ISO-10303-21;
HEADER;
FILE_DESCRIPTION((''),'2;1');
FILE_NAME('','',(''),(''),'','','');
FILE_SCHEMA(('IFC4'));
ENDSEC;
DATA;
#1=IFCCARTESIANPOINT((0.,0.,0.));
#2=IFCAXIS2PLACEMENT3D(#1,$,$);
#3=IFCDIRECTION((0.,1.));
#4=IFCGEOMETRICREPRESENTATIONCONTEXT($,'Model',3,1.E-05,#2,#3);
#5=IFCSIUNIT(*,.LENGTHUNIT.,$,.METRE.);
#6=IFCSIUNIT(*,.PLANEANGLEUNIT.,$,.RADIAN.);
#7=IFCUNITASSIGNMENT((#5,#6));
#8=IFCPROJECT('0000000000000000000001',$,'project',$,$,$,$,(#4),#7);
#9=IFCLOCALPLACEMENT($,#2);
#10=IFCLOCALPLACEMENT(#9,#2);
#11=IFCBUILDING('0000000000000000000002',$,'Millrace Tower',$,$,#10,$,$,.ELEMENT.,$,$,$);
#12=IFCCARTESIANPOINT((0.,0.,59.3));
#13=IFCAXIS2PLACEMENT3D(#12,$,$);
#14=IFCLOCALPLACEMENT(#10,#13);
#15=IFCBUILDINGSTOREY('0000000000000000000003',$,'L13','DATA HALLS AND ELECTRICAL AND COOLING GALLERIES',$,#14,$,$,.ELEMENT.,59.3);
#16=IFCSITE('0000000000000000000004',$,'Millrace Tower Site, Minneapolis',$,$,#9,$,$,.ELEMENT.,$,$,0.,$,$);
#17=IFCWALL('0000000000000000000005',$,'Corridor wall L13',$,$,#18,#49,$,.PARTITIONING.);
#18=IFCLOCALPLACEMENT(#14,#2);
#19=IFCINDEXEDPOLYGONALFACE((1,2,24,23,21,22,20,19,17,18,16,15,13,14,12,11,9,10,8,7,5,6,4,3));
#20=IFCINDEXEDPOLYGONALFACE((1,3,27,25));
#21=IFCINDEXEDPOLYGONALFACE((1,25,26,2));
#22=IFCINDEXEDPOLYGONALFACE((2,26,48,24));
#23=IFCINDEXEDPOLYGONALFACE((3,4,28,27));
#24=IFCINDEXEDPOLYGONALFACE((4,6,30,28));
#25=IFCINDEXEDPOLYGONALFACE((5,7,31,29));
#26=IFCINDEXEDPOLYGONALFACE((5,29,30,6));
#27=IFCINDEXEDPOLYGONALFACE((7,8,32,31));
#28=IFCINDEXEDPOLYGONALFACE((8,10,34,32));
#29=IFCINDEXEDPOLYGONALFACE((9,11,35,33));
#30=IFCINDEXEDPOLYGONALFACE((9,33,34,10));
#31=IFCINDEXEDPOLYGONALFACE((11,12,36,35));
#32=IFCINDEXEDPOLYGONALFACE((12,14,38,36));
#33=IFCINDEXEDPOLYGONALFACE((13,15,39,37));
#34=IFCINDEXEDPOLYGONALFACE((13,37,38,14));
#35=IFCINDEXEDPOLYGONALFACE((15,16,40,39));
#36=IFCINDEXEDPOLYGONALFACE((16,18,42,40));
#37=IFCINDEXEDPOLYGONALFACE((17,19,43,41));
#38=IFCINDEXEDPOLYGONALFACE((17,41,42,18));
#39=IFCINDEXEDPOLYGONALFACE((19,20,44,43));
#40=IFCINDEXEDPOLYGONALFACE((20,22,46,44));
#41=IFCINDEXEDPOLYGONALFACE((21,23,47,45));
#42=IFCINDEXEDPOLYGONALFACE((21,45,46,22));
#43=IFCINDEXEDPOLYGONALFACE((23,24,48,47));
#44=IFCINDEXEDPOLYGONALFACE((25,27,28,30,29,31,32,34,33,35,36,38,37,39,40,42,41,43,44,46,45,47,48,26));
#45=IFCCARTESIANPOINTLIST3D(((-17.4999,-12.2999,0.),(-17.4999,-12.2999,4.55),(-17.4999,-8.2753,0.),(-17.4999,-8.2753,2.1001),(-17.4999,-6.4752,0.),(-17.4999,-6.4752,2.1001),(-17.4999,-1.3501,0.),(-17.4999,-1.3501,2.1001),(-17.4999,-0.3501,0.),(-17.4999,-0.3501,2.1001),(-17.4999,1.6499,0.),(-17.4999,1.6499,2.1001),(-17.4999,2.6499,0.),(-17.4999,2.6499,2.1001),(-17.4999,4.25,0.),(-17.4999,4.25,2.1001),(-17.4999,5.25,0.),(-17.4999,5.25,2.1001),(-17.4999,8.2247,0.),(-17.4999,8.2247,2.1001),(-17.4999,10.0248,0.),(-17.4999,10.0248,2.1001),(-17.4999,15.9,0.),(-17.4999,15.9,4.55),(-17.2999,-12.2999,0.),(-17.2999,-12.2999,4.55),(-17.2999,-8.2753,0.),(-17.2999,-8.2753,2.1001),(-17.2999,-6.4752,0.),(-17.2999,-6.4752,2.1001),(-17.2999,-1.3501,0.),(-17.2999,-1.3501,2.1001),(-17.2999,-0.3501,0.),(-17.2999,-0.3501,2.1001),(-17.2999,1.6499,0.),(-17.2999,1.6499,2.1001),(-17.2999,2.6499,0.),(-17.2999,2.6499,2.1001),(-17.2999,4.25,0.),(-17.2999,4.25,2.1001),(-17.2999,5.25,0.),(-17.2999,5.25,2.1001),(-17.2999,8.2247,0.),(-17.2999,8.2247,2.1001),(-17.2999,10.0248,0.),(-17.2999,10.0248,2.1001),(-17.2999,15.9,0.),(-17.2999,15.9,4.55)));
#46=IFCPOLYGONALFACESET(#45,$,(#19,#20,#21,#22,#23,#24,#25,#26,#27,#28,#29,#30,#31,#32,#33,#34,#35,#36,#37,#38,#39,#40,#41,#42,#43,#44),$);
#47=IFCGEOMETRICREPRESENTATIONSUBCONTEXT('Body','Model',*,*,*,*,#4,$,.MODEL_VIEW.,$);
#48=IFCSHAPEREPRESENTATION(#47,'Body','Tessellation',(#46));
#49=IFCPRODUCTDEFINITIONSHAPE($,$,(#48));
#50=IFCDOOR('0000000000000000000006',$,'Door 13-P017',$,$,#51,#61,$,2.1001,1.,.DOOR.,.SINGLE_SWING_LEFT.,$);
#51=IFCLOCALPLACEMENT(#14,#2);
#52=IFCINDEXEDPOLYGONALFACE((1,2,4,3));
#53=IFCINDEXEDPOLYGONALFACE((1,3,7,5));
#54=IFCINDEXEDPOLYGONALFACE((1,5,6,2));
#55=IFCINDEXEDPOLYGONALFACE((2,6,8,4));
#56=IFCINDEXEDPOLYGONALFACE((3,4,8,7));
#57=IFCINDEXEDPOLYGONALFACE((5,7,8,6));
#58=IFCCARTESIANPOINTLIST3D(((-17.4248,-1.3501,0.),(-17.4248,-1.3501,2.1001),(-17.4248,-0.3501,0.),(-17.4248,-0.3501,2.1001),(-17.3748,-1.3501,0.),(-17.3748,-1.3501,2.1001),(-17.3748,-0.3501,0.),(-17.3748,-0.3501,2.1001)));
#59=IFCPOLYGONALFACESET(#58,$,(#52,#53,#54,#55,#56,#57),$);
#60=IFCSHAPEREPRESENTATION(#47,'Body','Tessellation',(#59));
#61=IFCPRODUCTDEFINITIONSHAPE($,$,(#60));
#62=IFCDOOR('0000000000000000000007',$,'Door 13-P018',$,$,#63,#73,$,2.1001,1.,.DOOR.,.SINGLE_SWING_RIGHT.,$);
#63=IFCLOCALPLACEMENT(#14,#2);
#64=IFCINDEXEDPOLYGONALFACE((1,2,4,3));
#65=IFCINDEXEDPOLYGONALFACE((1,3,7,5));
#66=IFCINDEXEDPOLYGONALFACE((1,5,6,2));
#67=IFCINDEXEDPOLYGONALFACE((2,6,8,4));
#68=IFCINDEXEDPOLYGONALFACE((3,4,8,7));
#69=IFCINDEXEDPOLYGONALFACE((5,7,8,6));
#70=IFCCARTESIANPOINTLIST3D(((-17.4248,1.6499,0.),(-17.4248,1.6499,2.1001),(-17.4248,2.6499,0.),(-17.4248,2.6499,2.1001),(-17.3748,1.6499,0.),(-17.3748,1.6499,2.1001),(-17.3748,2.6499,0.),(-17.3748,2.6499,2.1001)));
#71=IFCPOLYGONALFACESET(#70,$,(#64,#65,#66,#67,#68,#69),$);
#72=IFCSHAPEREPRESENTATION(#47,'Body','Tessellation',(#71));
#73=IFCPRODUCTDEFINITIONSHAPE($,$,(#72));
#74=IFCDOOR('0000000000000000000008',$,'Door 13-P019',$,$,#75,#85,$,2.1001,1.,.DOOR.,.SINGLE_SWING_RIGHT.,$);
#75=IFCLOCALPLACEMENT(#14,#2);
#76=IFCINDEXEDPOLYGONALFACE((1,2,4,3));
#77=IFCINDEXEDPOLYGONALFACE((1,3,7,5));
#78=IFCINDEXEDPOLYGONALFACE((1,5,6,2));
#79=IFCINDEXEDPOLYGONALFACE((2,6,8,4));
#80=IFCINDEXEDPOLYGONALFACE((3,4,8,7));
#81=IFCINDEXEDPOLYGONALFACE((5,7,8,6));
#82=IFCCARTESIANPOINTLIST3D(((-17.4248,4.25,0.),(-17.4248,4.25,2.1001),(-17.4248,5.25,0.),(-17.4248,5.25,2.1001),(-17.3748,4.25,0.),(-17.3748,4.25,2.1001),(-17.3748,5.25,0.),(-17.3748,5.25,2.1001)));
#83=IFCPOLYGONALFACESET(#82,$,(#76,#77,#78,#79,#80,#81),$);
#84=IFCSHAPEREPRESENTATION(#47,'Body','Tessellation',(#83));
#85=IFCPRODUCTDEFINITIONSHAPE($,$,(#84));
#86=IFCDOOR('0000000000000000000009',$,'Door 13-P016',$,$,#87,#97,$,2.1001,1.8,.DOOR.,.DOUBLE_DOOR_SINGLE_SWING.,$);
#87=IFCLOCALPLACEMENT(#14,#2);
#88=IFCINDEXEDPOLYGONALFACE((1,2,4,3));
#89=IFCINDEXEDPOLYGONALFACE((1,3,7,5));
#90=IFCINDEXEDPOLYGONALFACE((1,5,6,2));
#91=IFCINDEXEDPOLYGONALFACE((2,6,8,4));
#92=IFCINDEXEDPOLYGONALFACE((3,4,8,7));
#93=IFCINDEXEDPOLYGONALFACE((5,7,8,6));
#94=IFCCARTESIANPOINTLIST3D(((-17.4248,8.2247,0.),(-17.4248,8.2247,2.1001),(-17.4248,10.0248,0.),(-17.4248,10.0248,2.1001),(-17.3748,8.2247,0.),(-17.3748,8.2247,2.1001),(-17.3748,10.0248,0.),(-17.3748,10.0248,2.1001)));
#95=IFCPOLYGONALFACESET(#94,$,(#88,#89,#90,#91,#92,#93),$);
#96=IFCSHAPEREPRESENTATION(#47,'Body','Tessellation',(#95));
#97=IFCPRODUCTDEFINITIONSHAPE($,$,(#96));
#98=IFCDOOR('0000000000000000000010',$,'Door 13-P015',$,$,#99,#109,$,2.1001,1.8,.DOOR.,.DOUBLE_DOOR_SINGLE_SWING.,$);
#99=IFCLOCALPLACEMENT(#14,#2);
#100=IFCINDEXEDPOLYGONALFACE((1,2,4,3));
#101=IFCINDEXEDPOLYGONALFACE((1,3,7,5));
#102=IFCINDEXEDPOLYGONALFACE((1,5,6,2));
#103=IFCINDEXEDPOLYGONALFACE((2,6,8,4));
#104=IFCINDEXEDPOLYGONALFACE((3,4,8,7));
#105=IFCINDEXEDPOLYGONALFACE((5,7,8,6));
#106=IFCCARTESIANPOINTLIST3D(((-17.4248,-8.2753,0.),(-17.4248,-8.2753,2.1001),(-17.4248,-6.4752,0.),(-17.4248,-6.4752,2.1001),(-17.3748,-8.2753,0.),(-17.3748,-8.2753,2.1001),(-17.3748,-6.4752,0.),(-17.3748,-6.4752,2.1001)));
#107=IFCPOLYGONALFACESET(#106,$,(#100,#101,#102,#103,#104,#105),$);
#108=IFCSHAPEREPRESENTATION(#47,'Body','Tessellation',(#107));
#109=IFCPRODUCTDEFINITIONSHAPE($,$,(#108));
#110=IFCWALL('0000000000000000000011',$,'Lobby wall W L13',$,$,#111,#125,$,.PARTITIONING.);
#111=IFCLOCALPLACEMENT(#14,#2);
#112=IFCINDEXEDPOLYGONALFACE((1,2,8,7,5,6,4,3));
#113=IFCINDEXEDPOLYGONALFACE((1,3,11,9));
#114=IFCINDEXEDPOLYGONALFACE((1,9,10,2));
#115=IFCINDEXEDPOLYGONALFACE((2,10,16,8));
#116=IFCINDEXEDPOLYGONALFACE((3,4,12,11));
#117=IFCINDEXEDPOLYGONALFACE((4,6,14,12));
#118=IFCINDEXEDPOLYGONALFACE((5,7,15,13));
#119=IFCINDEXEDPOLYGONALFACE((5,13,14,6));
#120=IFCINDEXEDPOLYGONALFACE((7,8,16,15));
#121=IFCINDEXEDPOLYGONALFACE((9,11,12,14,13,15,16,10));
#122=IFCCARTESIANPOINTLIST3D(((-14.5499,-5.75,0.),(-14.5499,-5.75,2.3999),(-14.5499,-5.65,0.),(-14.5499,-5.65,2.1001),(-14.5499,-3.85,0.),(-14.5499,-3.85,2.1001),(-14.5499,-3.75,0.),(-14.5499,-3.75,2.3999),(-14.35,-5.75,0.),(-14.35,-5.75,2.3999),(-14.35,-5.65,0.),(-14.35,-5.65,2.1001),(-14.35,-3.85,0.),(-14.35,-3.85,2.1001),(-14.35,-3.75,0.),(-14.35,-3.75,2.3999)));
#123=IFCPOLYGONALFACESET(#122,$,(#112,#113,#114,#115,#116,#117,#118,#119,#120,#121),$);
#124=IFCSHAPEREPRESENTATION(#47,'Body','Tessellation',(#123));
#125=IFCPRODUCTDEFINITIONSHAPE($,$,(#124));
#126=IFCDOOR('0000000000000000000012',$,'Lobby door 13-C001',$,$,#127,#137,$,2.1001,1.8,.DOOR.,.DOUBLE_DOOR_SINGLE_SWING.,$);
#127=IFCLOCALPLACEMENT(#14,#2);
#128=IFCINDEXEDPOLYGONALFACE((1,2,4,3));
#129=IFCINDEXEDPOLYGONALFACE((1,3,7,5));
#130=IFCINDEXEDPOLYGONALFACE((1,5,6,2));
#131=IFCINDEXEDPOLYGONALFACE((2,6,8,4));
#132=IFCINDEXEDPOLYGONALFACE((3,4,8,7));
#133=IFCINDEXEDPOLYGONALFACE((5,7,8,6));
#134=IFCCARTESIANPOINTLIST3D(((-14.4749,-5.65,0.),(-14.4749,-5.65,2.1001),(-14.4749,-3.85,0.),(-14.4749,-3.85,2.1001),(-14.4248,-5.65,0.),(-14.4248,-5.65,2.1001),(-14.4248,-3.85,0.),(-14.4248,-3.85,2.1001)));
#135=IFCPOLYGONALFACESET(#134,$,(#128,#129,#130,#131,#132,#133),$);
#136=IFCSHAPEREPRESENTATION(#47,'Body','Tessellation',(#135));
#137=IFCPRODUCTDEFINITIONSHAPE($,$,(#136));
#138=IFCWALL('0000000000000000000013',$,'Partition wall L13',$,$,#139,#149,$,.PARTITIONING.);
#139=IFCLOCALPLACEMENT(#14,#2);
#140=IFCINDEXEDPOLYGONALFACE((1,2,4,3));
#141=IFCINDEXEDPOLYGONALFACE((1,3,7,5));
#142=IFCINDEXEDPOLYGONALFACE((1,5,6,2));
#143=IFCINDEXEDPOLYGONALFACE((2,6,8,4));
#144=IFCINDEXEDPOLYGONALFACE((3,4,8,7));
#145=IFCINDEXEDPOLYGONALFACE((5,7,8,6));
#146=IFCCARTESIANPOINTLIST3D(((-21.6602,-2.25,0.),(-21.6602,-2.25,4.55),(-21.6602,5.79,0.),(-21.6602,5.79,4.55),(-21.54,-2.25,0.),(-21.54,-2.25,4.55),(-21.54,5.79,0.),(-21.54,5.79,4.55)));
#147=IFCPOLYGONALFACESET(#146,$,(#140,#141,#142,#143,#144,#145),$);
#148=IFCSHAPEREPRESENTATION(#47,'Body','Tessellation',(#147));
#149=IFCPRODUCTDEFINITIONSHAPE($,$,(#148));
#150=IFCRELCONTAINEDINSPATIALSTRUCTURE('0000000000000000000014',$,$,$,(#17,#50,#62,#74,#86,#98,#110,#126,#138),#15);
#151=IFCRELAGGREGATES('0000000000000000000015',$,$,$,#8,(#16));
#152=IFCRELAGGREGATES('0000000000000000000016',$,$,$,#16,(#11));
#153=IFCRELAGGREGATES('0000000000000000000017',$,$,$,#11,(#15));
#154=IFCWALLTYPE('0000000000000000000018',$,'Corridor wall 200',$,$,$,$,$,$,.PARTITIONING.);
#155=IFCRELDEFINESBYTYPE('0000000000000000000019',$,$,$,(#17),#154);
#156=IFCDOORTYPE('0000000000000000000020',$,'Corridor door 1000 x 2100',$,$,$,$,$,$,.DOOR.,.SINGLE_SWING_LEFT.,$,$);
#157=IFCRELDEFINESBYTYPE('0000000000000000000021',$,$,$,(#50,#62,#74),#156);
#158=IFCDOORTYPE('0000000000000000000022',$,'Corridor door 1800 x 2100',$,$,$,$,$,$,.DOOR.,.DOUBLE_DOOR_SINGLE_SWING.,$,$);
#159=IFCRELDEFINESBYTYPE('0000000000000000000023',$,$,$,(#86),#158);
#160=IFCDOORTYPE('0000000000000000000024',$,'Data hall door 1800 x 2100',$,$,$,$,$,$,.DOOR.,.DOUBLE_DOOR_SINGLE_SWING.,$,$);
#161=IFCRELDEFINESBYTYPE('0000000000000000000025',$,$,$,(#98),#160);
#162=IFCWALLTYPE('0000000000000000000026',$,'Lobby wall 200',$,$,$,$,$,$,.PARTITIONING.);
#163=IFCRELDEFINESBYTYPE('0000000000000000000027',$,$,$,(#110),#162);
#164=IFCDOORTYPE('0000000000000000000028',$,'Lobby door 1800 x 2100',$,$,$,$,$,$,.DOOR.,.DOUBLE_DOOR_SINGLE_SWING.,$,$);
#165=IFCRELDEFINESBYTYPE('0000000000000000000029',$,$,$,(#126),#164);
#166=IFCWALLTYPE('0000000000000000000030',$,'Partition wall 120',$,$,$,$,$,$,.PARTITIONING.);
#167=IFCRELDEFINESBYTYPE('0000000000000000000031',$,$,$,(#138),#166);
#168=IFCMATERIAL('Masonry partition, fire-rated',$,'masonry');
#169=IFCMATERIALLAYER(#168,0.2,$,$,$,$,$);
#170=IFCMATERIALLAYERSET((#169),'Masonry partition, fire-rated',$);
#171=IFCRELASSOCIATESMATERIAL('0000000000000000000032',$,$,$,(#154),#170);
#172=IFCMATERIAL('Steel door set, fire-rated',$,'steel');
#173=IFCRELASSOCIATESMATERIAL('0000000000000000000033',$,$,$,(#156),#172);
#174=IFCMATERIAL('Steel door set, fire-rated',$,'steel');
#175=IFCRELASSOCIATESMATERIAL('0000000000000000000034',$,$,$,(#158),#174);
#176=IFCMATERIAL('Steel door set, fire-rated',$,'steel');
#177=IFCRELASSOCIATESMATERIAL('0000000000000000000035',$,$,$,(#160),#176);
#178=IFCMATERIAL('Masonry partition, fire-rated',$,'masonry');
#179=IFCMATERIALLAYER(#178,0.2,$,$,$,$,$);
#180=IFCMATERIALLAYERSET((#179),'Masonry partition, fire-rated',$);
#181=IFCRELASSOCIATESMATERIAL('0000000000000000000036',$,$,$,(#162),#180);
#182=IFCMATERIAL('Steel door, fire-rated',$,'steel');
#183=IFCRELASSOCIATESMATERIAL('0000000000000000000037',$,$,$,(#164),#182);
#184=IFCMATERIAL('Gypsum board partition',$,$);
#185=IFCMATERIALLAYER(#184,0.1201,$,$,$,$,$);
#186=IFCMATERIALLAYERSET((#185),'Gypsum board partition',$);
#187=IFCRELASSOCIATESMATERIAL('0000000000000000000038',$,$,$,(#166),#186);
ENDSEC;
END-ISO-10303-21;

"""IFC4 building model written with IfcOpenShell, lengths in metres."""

from ifc_helpers import new_model, si_unit, direction, frame, frame_2d, origin, place, context, subcontext, project, spatial, rectangle, extrude, material, layer, layer_set, type_object, element, fill, save


model = new_model("IFC4")

# Units and contexts
model_context = context("Model", 3, precision=1e-05, world=origin(), true_north=direction((0.0, 1.0)))
body_context = subcontext(model_context, "Body", "Model", "MODEL_VIEW")
ifc_project = project(units=[si_unit("LENGTHUNIT", "METRE"), si_unit("PLANEANGLEUNIT", "RADIAN")], contexts=[model_context])

# Site, building, storey
site_placement = place(None, origin())
site = spatial("IfcSite", under=ifc_project, at=site_placement, Name="Millrace Tower Site, Minneapolis", CompositionType="ELEMENT", RefElevation=0.0)
building_placement = place(site_placement, origin())
building = spatial("IfcBuilding", under=site, at=building_placement, Name="Millrace Tower", CompositionType="ELEMENT")
storey_placement = place(building_placement, frame((0.0, 0.0, 59.3)))
storey = spatial("IfcBuildingStorey", under=building, at=storey_placement, Name="L13", Description="DATA HALLS AND ELECTRICAL AND COOLING GALLERIES", CompositionType="ELEMENT", Elevation=59.3)

# Shared definitions
ifc_material_1 = material(Name="Masonry partition, fire-rated", Category="masonry")
ifc_layer_1 = layer(ifc_material_1, 0.2)
ifc_layer_set_1 = layer_set([ifc_layer_1], Name="Masonry partition, fire-rated")
wall_type_1 = type_object("IfcWallType", Name="Corridor wall 200", PredefinedType="PARTITIONING", material=ifc_layer_set_1)

# Wall, openings, doors
wall_1_placement = place(storey_placement, frame((-17.3999, -12.3, 0.0), z_axis=(0.0, 0.0, 1.0), x_axis=(0.0, 1.0, 0.0)))
wall_1 = element("IfcWall", 1, at=wall_1_placement, inside=storey, type_object=wall_type_1, Name="Corridor wall L13", PredefinedType="PARTITIONING", context=body_context, shape_type="SweptSolid", body=[
    extrude(rectangle(XDim=28.2, YDim=0.2, at=frame_2d((14.1001, 0.0))), origin(), (0.0, 0.0, 1.0), 4.55),
])
opening_1_placement = place(wall_1_placement, frame((4.0249, 0.0, 0.0)))
opening_1 = element("IfcOpeningElement", 2, at=opening_1_placement, cuts=wall_1, PredefinedType="OPENING", context=body_context, shape_type="SweptSolid", body=[
    extrude(rectangle(XDim=1.8, YDim=2.1001, at=frame_2d((0.8999, 1.05))), frame((0.0, 0.1099, 0.0), z_axis=(0.0, -1.0, 0.0), x_axis=(1.0, 0.0, 0.0)), (0.0, 0.0, 1.0), 0.22),
])
opening_2_placement = place(wall_1_placement, frame((20.5249, 0.0, 0.0)))
opening_2 = element("IfcOpeningElement", 3, at=opening_2_placement, cuts=wall_1, PredefinedType="OPENING", context=body_context, shape_type="SweptSolid", body=[
    extrude(rectangle(XDim=1.8, YDim=2.1001, at=frame_2d((0.8999, 1.05))), frame((0.0, 0.1099, 0.0), z_axis=(0.0, -1.0, 0.0), x_axis=(1.0, 0.0, 0.0)), (0.0, 0.0, 1.0), 0.22),
])
opening_3_placement = place(wall_1_placement, frame((10.95, 0.0, 0.0)))
opening_3 = element("IfcOpeningElement", 4, at=opening_3_placement, cuts=wall_1, PredefinedType="OPENING", context=body_context, shape_type="SweptSolid", body=[
    extrude(rectangle(XDim=1.0, YDim=2.1001, at=frame_2d((0.5, 1.05))), frame((0.0, 0.1099, 0.0), z_axis=(0.0, -1.0, 0.0), x_axis=(1.0, 0.0, 0.0)), (0.0, 0.0, 1.0), 0.22),
])
opening_4_placement = place(wall_1_placement, frame((13.95, 0.0, 0.0)))
opening_4 = element("IfcOpeningElement", 5, at=opening_4_placement, cuts=wall_1, PredefinedType="OPENING", context=body_context, shape_type="SweptSolid", body=[
    extrude(rectangle(XDim=1.0, YDim=2.1001, at=frame_2d((0.5, 1.05))), frame((0.0, 0.1099, 0.0), z_axis=(0.0, -1.0, 0.0), x_axis=(1.0, 0.0, 0.0)), (0.0, 0.0, 1.0), 0.22),
])
opening_5_placement = place(wall_1_placement, frame((16.55, 0.0, 0.0)))
opening_5 = element("IfcOpeningElement", 6, at=opening_5_placement, cuts=wall_1, PredefinedType="OPENING", context=body_context, shape_type="SweptSolid", body=[
    extrude(rectangle(XDim=1.0, YDim=2.1001, at=frame_2d((0.5, 1.05))), frame((0.0, 0.1099, 0.0), z_axis=(0.0, -1.0, 0.0), x_axis=(1.0, 0.0, 0.0)), (0.0, 0.0, 1.0), 0.22),
])
ifc_material_2 = material(Name="Steel door set, fire-rated", Category="steel")
door_type_1 = type_object("IfcDoorType", Name="Corridor door 1000 x 2100", OperationType="SINGLE_SWING_LEFT", PredefinedType="DOOR", material=ifc_material_2)
door_1_placement = place(opening_3_placement, origin())
door_1 = element("IfcDoor", 7, at=door_1_placement, inside=storey, type_object=door_type_1, Name="Door 13-P017", OperationType="SINGLE_SWING_LEFT", OverallHeight=2.1001, OverallWidth=1.0, PredefinedType="DOOR", context=body_context, shape_type="SweptSolid", body=[
    extrude(rectangle(XDim=1.0, YDim=2.1001, at=frame_2d((0.5, 1.05))), frame((0.0, 0.0249, 0.0), z_axis=(0.0, -1.0, 0.0), x_axis=(1.0, 0.0, 0.0)), (0.0, 0.0, 1.0), 0.05),
])
fill(opening_3, door_1)
door_2_placement = place(opening_4_placement, origin())
door_2 = element("IfcDoor", 8, at=door_2_placement, inside=storey, type_object=door_type_1, Name="Door 13-P018", OperationType="SINGLE_SWING_RIGHT", OverallHeight=2.1001, OverallWidth=1.0, PredefinedType="DOOR", context=body_context, shape_type="SweptSolid", body=[
    extrude(rectangle(XDim=1.0, YDim=2.1001, at=frame_2d((0.5, 1.05))), frame((0.0, 0.0249, 0.0), z_axis=(0.0, -1.0, 0.0), x_axis=(1.0, 0.0, 0.0)), (0.0, 0.0, 1.0), 0.05),
])
fill(opening_4, door_2)
door_3_placement = place(opening_5_placement, origin())
door_3 = element("IfcDoor", 9, at=door_3_placement, inside=storey, type_object=door_type_1, Name="Door 13-P019", OperationType="SINGLE_SWING_RIGHT", OverallHeight=2.1001, OverallWidth=1.0, PredefinedType="DOOR", context=body_context, shape_type="SweptSolid", body=[
    extrude(rectangle(XDim=1.0, YDim=2.1001, at=frame_2d((0.5, 1.05))), frame((0.0, 0.0249, 0.0), z_axis=(0.0, -1.0, 0.0), x_axis=(1.0, 0.0, 0.0)), (0.0, 0.0, 1.0), 0.05),
])
fill(opening_5, door_3)
ifc_material_3 = material(Name="Steel door set, fire-rated", Category="steel")
door_type_2 = type_object("IfcDoorType", Name="Corridor door 1800 x 2100", OperationType="DOUBLE_DOOR_SINGLE_SWING", PredefinedType="DOOR", material=ifc_material_3)
door_4_placement = place(opening_2_placement, origin())
door_4 = element("IfcDoor", 10, at=door_4_placement, inside=storey, type_object=door_type_2, Name="Door 13-P016", OperationType="DOUBLE_DOOR_SINGLE_SWING", OverallHeight=2.1001, OverallWidth=1.8, PredefinedType="DOOR", context=body_context, shape_type="SweptSolid", body=[
    extrude(rectangle(XDim=1.8, YDim=2.1001, at=frame_2d((0.8999, 1.05))), frame((0.0, 0.0249, 0.0), z_axis=(0.0, -1.0, 0.0), x_axis=(1.0, 0.0, 0.0)), (0.0, 0.0, 1.0), 0.05),
])
fill(opening_2, door_4)
ifc_material_4 = material(Name="Steel door set, fire-rated", Category="steel")
door_type_3 = type_object("IfcDoorType", Name="Data hall door 1800 x 2100", OperationType="DOUBLE_DOOR_SINGLE_SWING", PredefinedType="DOOR", material=ifc_material_4)
door_5_placement = place(opening_1_placement, origin())
door_5 = element("IfcDoor", 11, at=door_5_placement, inside=storey, type_object=door_type_3, Name="Door 13-P015", OperationType="DOUBLE_DOOR_SINGLE_SWING", OverallHeight=2.1001, OverallWidth=1.8, PredefinedType="DOOR", context=body_context, shape_type="SweptSolid", body=[
    extrude(rectangle(XDim=1.8, YDim=2.1001, at=frame_2d((0.8999, 1.05))), frame((0.0, 0.0249, 0.0), z_axis=(0.0, -1.0, 0.0), x_axis=(1.0, 0.0, 0.0)), (0.0, 0.0, 1.0), 0.05),
])
fill(opening_1, door_5)

# Wall, opening, door
ifc_material_5 = material(Name="Masonry partition, fire-rated", Category="masonry")
ifc_layer_2 = layer(ifc_material_5, 0.2)
ifc_layer_set_2 = layer_set([ifc_layer_2], Name="Masonry partition, fire-rated")
wall_type_2 = type_object("IfcWallType", Name="Lobby wall 200", PredefinedType="PARTITIONING", material=ifc_layer_set_2)
wall_2_placement = place(storey_placement, frame((-14.45, -5.75, 0.0), z_axis=(0.0, 0.0, 1.0), x_axis=(0.0, 1.0, 0.0)))
wall_2 = element("IfcWall", 12, at=wall_2_placement, inside=storey, type_object=wall_type_2, Name="Lobby wall W L13", PredefinedType="PARTITIONING", context=body_context, shape_type="SweptSolid", body=[
    extrude(rectangle(XDim=2.0, YDim=0.2, at=frame_2d((1.0, 0.0))), origin(), (0.0, 0.0, 1.0), 2.3999),
])
opening_6_placement = place(wall_2_placement, frame((0.1001, 0.0, 0.0)))
opening_6 = element("IfcOpeningElement", 13, at=opening_6_placement, cuts=wall_2, PredefinedType="OPENING", context=body_context, shape_type="SweptSolid", body=[
    extrude(rectangle(XDim=1.8, YDim=2.1001, at=frame_2d((0.8999, 1.05))), frame((0.0, 0.1099, 0.0), z_axis=(0.0, -1.0, 0.0), x_axis=(1.0, 0.0, 0.0)), (0.0, 0.0, 1.0), 0.22),
])
ifc_material_6 = material(Name="Steel door, fire-rated", Category="steel")
door_type_4 = type_object("IfcDoorType", Name="Lobby door 1800 x 2100", OperationType="DOUBLE_DOOR_SINGLE_SWING", PredefinedType="DOOR", material=ifc_material_6)
door_6_placement = place(opening_6_placement, origin())
door_6 = element("IfcDoor", 14, at=door_6_placement, inside=storey, type_object=door_type_4, Name="Lobby door 13-C001", OperationType="DOUBLE_DOOR_SINGLE_SWING", OverallHeight=2.1001, OverallWidth=1.8, PredefinedType="DOOR", context=body_context, shape_type="SweptSolid", body=[
    extrude(rectangle(XDim=1.8, YDim=2.1001, at=frame_2d((0.8999, 1.05))), frame((0.0, 0.0249, 0.0), z_axis=(0.0, -1.0, 0.0), x_axis=(1.0, 0.0, 0.0)), (0.0, 0.0, 1.0), 0.05),
])
fill(opening_6, door_6)

# Wall
ifc_material_7 = material(Name="Gypsum board partition")
ifc_layer_3 = layer(ifc_material_7, 0.1201)
ifc_layer_set_3 = layer_set([ifc_layer_3], Name="Gypsum board partition")
wall_type_3 = type_object("IfcWallType", Name="Partition wall 120", PredefinedType="PARTITIONING", material=ifc_layer_set_3)
wall_3_placement = place(storey_placement, frame((-21.6001, -2.25, 0.0), z_axis=(0.0, 0.0, 1.0), x_axis=(0.0, 1.0, 0.0)))
element("IfcWall", 15, at=wall_3_placement, inside=storey, type_object=wall_type_3, Name="Partition wall L13", PredefinedType="PARTITIONING", context=body_context, shape_type="SweptSolid", body=[
    extrude(rectangle(XDim=8.04, YDim=0.1201, at=frame_2d((4.02, 0.0))), origin(), (0.0, 0.0, 1.0), 4.55),
])

save(model, "model.ifc")
